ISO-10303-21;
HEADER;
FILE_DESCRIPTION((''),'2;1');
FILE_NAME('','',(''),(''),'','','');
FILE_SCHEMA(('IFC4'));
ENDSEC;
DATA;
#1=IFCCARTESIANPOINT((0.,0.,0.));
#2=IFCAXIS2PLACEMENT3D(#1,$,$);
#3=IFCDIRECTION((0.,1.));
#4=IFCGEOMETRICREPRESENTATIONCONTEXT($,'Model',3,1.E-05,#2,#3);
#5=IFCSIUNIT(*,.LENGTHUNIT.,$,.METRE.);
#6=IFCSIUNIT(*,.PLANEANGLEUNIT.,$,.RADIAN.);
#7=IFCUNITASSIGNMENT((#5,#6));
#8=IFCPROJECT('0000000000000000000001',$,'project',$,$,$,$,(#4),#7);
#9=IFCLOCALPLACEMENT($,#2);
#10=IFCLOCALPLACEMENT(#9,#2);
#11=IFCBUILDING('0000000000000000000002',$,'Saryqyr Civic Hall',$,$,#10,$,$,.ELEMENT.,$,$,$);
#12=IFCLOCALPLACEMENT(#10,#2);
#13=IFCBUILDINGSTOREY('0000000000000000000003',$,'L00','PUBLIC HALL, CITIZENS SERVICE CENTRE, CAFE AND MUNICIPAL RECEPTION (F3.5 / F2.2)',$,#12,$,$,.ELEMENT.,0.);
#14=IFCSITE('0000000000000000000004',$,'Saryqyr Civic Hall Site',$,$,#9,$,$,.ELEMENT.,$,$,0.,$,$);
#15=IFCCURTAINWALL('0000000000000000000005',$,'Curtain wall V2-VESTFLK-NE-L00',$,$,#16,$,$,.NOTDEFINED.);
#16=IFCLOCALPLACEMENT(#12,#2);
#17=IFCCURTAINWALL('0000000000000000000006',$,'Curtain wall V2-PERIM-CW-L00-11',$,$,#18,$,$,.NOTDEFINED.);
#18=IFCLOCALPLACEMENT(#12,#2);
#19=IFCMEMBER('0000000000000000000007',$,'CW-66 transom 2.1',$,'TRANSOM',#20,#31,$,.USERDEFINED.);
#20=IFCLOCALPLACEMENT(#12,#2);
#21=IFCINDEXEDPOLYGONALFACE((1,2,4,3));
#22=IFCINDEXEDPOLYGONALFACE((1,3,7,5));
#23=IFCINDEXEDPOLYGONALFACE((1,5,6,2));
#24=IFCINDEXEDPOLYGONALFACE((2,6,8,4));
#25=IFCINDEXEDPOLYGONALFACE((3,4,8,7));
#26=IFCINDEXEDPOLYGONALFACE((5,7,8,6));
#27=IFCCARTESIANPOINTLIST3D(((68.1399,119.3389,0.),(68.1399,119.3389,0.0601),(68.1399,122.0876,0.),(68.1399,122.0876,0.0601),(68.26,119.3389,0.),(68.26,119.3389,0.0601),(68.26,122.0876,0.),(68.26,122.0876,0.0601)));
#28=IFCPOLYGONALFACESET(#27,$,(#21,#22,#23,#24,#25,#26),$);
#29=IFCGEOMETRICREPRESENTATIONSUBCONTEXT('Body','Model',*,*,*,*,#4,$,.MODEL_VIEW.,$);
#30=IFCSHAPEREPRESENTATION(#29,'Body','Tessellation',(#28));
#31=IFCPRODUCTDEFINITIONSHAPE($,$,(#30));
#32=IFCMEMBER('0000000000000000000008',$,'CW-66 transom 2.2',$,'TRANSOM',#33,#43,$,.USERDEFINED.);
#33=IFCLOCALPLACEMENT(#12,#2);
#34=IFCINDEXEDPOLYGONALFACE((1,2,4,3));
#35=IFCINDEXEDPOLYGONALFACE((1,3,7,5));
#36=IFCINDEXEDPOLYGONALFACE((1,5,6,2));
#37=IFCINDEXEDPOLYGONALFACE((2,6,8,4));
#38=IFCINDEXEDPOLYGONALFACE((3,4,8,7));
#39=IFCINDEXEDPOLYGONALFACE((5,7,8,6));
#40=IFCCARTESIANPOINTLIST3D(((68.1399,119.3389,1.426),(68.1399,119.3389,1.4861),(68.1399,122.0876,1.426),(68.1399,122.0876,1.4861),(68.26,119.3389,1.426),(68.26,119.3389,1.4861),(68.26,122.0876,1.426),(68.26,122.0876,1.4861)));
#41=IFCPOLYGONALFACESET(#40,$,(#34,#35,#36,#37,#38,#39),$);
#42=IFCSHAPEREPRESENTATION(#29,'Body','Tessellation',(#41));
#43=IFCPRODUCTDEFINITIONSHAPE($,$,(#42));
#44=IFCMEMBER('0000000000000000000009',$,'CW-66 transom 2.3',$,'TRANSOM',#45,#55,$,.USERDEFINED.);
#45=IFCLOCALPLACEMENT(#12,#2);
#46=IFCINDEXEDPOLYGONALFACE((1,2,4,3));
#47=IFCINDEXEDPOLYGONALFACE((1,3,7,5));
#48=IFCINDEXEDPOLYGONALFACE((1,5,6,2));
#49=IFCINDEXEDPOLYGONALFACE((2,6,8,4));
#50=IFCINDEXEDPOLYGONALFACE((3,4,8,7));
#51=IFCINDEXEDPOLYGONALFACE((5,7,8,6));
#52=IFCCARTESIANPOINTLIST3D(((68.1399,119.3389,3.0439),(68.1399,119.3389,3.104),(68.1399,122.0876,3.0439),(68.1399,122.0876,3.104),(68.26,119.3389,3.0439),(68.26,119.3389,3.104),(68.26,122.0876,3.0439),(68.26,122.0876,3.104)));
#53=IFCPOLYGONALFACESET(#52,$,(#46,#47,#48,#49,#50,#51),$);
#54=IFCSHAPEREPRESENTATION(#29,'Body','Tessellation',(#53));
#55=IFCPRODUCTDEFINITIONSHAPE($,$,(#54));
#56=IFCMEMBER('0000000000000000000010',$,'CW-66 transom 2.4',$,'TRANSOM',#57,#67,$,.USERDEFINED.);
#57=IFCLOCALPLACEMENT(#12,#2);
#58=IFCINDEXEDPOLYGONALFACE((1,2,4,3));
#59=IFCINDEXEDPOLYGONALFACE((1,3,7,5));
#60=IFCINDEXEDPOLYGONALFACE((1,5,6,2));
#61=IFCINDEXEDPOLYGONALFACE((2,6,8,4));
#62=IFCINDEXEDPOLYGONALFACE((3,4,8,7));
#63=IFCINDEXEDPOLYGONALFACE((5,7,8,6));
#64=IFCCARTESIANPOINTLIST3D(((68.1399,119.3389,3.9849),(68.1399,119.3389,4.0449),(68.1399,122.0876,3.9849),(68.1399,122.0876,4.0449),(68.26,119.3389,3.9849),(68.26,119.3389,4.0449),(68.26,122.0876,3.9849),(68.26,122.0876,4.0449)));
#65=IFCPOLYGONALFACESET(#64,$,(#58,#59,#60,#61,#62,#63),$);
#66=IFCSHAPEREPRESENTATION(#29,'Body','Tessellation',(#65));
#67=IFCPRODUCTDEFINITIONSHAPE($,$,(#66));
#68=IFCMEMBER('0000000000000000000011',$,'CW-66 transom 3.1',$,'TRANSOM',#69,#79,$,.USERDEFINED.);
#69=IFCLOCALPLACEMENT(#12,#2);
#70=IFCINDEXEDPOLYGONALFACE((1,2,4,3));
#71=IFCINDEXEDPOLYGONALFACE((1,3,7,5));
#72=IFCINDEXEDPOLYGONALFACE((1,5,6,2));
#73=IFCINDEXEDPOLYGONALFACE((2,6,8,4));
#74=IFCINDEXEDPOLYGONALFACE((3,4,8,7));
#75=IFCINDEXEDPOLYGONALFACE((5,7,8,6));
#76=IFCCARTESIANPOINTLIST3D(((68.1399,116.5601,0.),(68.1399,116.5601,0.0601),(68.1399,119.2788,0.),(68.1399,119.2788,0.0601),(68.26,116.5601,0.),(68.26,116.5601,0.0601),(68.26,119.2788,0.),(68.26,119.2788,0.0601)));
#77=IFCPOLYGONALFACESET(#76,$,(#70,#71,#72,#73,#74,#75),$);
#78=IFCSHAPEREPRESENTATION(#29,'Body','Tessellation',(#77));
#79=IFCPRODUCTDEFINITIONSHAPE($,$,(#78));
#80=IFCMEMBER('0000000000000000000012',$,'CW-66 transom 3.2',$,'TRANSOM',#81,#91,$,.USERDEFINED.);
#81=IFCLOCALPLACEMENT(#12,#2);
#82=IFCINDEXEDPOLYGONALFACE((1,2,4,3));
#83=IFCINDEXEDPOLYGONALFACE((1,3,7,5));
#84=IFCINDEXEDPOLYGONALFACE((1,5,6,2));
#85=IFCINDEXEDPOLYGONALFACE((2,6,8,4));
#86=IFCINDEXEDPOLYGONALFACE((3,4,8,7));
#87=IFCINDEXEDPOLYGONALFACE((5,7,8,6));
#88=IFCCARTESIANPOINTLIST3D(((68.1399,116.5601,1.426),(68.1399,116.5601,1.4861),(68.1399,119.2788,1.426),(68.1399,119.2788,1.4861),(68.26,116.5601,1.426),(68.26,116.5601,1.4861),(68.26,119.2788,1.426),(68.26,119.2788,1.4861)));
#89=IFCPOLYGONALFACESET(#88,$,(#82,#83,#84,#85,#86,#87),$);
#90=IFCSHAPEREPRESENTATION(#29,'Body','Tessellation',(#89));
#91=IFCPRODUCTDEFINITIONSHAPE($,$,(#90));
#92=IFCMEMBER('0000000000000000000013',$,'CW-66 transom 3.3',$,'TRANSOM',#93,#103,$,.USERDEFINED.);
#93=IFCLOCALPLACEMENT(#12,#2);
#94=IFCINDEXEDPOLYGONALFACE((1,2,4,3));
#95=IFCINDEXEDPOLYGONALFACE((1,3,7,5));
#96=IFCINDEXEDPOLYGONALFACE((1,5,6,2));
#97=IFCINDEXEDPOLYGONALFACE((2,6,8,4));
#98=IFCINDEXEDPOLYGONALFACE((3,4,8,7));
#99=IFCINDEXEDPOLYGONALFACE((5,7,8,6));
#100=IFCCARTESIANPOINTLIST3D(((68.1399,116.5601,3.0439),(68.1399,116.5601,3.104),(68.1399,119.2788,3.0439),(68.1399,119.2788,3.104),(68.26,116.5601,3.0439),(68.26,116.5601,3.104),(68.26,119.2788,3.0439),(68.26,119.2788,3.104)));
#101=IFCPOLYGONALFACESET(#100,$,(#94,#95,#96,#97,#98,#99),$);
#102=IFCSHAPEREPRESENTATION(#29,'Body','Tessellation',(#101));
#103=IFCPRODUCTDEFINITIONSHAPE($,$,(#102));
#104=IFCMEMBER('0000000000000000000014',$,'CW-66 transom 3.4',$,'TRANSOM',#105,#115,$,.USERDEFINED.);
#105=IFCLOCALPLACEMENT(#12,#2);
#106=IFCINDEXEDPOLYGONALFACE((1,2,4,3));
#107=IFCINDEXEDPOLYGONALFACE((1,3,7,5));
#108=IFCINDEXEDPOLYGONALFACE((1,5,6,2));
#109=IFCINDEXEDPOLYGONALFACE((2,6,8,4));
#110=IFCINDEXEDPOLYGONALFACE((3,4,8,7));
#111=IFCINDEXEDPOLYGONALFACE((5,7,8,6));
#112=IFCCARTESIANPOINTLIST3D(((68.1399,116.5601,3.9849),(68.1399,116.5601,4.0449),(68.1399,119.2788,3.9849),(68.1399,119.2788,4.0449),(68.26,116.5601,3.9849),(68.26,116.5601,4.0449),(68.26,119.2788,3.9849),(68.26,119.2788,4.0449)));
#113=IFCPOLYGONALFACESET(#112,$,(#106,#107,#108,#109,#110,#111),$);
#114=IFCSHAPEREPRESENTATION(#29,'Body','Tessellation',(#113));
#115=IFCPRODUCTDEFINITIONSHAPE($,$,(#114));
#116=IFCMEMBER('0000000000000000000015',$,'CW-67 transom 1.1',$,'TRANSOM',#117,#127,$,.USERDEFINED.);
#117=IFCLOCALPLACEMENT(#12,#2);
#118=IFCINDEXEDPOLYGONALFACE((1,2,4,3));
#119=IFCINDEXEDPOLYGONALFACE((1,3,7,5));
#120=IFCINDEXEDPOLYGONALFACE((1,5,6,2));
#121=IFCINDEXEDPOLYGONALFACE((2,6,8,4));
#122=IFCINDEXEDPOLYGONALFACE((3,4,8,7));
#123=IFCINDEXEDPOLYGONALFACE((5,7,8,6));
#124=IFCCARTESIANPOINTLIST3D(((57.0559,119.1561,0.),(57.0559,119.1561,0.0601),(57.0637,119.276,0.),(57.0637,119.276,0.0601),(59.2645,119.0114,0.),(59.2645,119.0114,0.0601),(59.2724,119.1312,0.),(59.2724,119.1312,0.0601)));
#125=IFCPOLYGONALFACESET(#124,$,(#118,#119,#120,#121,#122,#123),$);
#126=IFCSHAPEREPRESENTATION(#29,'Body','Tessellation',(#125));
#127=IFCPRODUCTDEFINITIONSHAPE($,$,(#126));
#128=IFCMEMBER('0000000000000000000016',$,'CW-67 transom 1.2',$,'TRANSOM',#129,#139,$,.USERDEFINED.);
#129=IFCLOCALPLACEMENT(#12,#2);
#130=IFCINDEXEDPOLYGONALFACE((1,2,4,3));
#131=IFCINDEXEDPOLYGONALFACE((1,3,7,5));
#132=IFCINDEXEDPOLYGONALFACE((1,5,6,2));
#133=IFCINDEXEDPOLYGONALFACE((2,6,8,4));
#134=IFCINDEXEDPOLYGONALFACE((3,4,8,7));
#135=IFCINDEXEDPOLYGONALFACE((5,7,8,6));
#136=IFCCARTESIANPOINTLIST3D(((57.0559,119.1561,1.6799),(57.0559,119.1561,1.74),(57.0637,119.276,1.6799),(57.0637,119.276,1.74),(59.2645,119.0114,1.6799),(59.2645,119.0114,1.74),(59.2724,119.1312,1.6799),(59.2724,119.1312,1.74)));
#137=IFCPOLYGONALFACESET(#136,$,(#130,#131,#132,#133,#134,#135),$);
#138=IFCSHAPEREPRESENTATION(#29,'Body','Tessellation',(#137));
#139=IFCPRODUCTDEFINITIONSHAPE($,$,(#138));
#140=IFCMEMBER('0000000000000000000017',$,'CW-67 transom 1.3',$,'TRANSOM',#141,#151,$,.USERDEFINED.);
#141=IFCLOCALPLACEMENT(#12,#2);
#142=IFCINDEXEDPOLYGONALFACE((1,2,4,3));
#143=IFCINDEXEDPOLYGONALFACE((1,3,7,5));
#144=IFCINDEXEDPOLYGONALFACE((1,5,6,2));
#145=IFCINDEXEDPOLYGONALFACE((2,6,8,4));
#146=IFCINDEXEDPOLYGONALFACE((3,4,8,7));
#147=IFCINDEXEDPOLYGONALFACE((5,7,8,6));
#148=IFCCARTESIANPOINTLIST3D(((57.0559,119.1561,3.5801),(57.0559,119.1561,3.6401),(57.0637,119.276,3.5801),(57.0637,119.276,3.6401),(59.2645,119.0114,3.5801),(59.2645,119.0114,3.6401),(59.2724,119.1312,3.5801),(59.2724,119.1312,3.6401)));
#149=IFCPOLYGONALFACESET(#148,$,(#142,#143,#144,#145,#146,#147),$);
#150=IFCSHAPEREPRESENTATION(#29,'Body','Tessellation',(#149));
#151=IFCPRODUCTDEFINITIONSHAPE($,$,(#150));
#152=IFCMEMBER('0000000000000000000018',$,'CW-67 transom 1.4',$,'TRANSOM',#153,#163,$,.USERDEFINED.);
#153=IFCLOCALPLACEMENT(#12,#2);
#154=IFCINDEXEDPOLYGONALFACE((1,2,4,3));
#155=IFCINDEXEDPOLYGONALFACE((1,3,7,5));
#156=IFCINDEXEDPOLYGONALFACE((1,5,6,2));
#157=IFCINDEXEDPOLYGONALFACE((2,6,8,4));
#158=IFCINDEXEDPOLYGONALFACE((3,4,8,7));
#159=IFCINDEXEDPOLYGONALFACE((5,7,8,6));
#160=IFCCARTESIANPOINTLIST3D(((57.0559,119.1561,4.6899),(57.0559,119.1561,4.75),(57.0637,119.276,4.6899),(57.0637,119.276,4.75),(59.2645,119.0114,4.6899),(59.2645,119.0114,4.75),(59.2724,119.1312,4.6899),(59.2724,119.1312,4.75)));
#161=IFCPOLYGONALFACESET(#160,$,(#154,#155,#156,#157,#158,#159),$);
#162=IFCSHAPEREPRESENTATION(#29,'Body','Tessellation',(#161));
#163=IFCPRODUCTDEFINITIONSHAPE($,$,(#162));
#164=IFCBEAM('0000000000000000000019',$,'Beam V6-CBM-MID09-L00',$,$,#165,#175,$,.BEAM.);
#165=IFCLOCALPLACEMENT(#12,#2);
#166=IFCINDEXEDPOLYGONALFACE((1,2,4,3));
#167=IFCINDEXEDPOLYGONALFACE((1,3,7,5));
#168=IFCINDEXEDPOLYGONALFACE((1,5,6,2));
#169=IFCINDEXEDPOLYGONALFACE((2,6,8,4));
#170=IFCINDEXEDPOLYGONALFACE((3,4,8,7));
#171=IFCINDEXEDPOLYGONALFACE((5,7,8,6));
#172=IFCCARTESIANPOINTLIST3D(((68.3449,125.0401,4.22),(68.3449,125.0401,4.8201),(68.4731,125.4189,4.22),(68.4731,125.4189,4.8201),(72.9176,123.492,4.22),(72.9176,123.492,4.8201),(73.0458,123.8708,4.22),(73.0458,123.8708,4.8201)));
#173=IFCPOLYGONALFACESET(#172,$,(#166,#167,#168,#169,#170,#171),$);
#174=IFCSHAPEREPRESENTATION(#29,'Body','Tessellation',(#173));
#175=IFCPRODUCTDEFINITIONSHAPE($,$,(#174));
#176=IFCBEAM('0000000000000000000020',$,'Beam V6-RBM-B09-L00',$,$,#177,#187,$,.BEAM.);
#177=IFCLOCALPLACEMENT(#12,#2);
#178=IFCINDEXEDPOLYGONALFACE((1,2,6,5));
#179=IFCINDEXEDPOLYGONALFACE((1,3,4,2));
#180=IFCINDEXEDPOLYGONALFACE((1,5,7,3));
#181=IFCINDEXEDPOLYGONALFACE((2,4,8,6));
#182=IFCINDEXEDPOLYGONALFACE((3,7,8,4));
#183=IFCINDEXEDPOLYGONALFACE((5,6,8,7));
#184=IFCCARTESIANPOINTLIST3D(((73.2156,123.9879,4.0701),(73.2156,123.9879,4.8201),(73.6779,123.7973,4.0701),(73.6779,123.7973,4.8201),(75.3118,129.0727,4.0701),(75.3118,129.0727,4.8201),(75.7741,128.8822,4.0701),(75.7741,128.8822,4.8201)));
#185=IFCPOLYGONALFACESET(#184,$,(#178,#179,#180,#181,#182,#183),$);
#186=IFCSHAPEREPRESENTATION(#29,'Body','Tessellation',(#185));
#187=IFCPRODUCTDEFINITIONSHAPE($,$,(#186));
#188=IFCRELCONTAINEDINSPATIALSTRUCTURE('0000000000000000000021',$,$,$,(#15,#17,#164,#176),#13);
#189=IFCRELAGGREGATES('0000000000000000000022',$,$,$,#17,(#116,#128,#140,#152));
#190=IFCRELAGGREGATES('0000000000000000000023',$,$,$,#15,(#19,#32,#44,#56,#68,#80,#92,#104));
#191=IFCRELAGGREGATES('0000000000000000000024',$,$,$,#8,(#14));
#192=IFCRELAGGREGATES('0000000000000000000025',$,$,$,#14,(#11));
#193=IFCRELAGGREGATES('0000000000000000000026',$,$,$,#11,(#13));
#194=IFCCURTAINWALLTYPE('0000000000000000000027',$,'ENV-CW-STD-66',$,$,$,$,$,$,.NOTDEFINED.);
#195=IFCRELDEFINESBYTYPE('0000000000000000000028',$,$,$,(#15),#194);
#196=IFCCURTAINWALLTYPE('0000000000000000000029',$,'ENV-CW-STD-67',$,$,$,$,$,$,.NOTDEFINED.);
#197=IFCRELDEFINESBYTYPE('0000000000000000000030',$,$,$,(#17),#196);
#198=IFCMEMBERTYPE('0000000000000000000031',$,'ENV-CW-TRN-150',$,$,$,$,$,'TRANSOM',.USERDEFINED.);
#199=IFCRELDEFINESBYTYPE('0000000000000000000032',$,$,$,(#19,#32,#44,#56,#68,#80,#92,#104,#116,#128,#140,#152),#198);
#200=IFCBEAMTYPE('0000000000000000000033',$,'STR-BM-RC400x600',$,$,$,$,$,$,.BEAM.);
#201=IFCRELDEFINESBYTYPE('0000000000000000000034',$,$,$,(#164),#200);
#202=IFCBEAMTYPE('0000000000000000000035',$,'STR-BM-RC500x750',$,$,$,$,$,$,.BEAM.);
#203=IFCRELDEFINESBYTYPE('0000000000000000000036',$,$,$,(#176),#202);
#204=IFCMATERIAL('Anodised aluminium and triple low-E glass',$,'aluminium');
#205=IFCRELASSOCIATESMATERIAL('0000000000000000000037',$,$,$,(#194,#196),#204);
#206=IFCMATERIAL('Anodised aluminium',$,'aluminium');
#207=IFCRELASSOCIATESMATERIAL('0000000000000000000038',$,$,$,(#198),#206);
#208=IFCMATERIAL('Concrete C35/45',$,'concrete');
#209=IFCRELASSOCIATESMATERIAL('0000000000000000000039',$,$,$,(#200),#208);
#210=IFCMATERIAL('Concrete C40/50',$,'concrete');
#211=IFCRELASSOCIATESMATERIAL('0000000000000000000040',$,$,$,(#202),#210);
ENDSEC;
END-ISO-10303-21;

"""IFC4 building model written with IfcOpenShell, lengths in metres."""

from ifc_helpers import new_model, si_unit, direction, frame, origin, origin_2d, place, context, subcontext, project, spatial, rectangle, extrude, material, material_profile, profile_set, type_object, element, aggregate, save


model = new_model("IFC4")

# Units and contexts
model_context = context("Model", 3, precision=1e-05, world=origin(), true_north=direction((0.0, 1.0)))
body_context = subcontext(model_context, "Body", "Model", "MODEL_VIEW")
ifc_project = project(units=[si_unit("LENGTHUNIT", "METRE"), si_unit("PLANEANGLEUNIT", "RADIAN")], contexts=[model_context])

# Site, building, storey
site_placement = place(None, origin())
site = spatial("IfcSite", under=ifc_project, at=site_placement, Name="Saryqyr Civic Hall Site", CompositionType="ELEMENT", RefElevation=0.0)
building_placement = place(site_placement, origin())
building = spatial("IfcBuilding", under=site, at=building_placement, Name="Saryqyr Civic Hall", CompositionType="ELEMENT")
storey_placement = place(building_placement, origin())
storey = spatial("IfcBuildingStorey", under=building, at=storey_placement, Name="L00", Description="PUBLIC HALL, CITIZENS SERVICE CENTRE, CAFE AND MUNICIPAL RECEPTION (F3.5 / F2.2)", CompositionType="ELEMENT", Elevation=0.0)

# Shared definitions
ifc_material_1 = material(Name="Concrete C40/50", Category="concrete")

# Curtain wall
ifc_material_2 = material(Name="Anodised aluminium and triple low-E glass", Category="aluminium")
curtain_wall_type_1 = type_object("IfcCurtainWallType", Name="ENV-CW-STD-66", PredefinedType="NOTDEFINED", material=ifc_material_2)
curtain_wall_1_placement = place(storey_placement, origin())
curtain_wall_1 = element("IfcCurtainWall", 1, at=curtain_wall_1_placement, inside=storey, type_object=curtain_wall_type_1, Name="Curtain wall V2-VESTFLK-NE-L00", PredefinedType="NOTDEFINED")
ifc_material_3 = material(Name="Anodised aluminium", Category="aluminium")

# Curtain wall
curtain_wall_type_2 = type_object("IfcCurtainWallType", Name="ENV-CW-STD-67", PredefinedType="NOTDEFINED", material=ifc_material_2)
curtain_wall_2_placement = place(storey_placement, origin())
curtain_wall_2 = element("IfcCurtainWall", 2, at=curtain_wall_2_placement, inside=storey, type_object=curtain_wall_type_2, Name="Curtain wall V2-PERIM-CW-L00-11", PredefinedType="NOTDEFINED")

# Members
ifc_material_profile_1 = material_profile(ifc_material_3, rectangle(XDim=0.1201, YDim=0.0601, at=origin_2d()), Name="ALU TRANSOM 120x60")
ifc_profile_set_1 = profile_set([ifc_material_profile_1], Name="Anodised aluminium")
member_type_1 = type_object("IfcMemberType", Name="ENV-CW-TRN-150", ElementType="TRANSOM", PredefinedType="USERDEFINED", material=ifc_profile_set_1)
member_1_placement = place(storey_placement, frame((68.2, 122.0876, 0.03), z_axis=(0.0, -1.0, 0.0), x_axis=(1.0, 0.0, 0.0)))
member_1 = element("IfcMember", 3, at=member_1_placement, type_object=member_type_1, Name="CW-66 transom 2.1", ObjectType="TRANSOM", PredefinedType="USERDEFINED", context=body_context, shape_type="SweptSolid", body=[
    extrude(rectangle(XDim=0.1201, YDim=0.0601, at=origin_2d()), origin(), (0.0, 0.0, 1.0), 2.7488),
])
member_2_placement = place(storey_placement, frame((68.2, 122.0876, 1.4561), z_axis=(0.0, -1.0, 0.0), x_axis=(1.0, 0.0, 0.0)))
member_2 = element("IfcMember", 4, at=member_2_placement, type_object=member_type_1, Name="CW-66 transom 2.2", ObjectType="TRANSOM", PredefinedType="USERDEFINED", context=body_context, shape_type="SweptSolid", body=[
    extrude(rectangle(XDim=0.1201, YDim=0.0601, at=origin_2d()), origin(), (0.0, 0.0, 1.0), 2.7488),
])
member_3_placement = place(storey_placement, frame((68.2, 122.0876, 3.074), z_axis=(0.0, -1.0, 0.0), x_axis=(1.0, 0.0, 0.0)))
member_3 = element("IfcMember", 5, at=member_3_placement, type_object=member_type_1, Name="CW-66 transom 2.3", ObjectType="TRANSOM", PredefinedType="USERDEFINED", context=body_context, shape_type="SweptSolid", body=[
    extrude(rectangle(XDim=0.1201, YDim=0.0601, at=origin_2d()), origin(), (0.0, 0.0, 1.0), 2.7488),
])
member_4_placement = place(storey_placement, frame((68.2, 122.0876, 4.0149), z_axis=(0.0, -1.0, 0.0), x_axis=(1.0, 0.0, 0.0)))
member_4 = element("IfcMember", 6, at=member_4_placement, type_object=member_type_1, Name="CW-66 transom 2.4", ObjectType="TRANSOM", PredefinedType="USERDEFINED", context=body_context, shape_type="SweptSolid", body=[
    extrude(rectangle(XDim=0.1201, YDim=0.0601, at=origin_2d()), origin(), (0.0, 0.0, 1.0), 2.7488),
])
member_5_placement = place(storey_placement, frame((68.2, 119.2788, 0.03), z_axis=(0.0, -1.0, 0.0), x_axis=(1.0, 0.0, 0.0)))
member_5 = element("IfcMember", 7, at=member_5_placement, type_object=member_type_1, Name="CW-66 transom 3.1", ObjectType="TRANSOM", PredefinedType="USERDEFINED", context=body_context, shape_type="SweptSolid", body=[
    extrude(rectangle(XDim=0.1201, YDim=0.0601, at=origin_2d()), origin(), (0.0, 0.0, 1.0), 2.7188),
])
member_6_placement = place(storey_placement, frame((68.2, 119.2788, 1.4561), z_axis=(0.0, -1.0, 0.0), x_axis=(1.0, 0.0, 0.0)))
member_6 = element("IfcMember", 8, at=member_6_placement, type_object=member_type_1, Name="CW-66 transom 3.2", ObjectType="TRANSOM", PredefinedType="USERDEFINED", context=body_context, shape_type="SweptSolid", body=[
    extrude(rectangle(XDim=0.1201, YDim=0.0601, at=origin_2d()), origin(), (0.0, 0.0, 1.0), 2.7188),
])
member_7_placement = place(storey_placement, frame((68.2, 119.2788, 3.074), z_axis=(0.0, -1.0, 0.0), x_axis=(1.0, 0.0, 0.0)))
member_7 = element("IfcMember", 9, at=member_7_placement, type_object=member_type_1, Name="CW-66 transom 3.3", ObjectType="TRANSOM", PredefinedType="USERDEFINED", context=body_context, shape_type="SweptSolid", body=[
    extrude(rectangle(XDim=0.1201, YDim=0.0601, at=origin_2d()), origin(), (0.0, 0.0, 1.0), 2.7188),
])
member_8_placement = place(storey_placement, frame((68.2, 119.2788, 4.0149), z_axis=(0.0, -1.0, 0.0), x_axis=(1.0, 0.0, 0.0)))
member_8 = element("IfcMember", 10, at=member_8_placement, type_object=member_type_1, Name="CW-66 transom 3.4", ObjectType="TRANSOM", PredefinedType="USERDEFINED", context=body_context, shape_type="SweptSolid", body=[
    extrude(rectangle(XDim=0.1201, YDim=0.0601, at=origin_2d()), origin(), (0.0, 0.0, 1.0), 2.7188),
])
member_9_placement = place(storey_placement, frame((57.0598, 119.2161, 0.03), z_axis=(0.997859, -0.065406, 0.0), x_axis=(0.065406, 0.997859, 0.0)))
member_9 = element("IfcMember", 11, at=member_9_placement, type_object=member_type_1, Name="CW-67 transom 1.1", ObjectType="TRANSOM", PredefinedType="USERDEFINED", context=body_context, shape_type="SweptSolid", body=[
    extrude(rectangle(XDim=0.1201, YDim=0.0601, at=origin_2d()), origin(), (0.0, 0.0, 1.0), 2.2134),
])
member_10_placement = place(storey_placement, frame((57.0598, 119.2161, 1.71), z_axis=(0.997859, -0.065406, 0.0), x_axis=(0.065406, 0.997859, 0.0)))
member_10 = element("IfcMember", 12, at=member_10_placement, type_object=member_type_1, Name="CW-67 transom 1.2", ObjectType="TRANSOM", PredefinedType="USERDEFINED", context=body_context, shape_type="SweptSolid", body=[
    extrude(rectangle(XDim=0.1201, YDim=0.0601, at=origin_2d()), origin(), (0.0, 0.0, 1.0), 2.2134),
])
member_11_placement = place(storey_placement, frame((57.0598, 119.2161, 3.6101), z_axis=(0.997859, -0.065406, 0.0), x_axis=(0.065406, 0.997859, 0.0)))
member_11 = element("IfcMember", 13, at=member_11_placement, type_object=member_type_1, Name="CW-67 transom 1.3", ObjectType="TRANSOM", PredefinedType="USERDEFINED", context=body_context, shape_type="SweptSolid", body=[
    extrude(rectangle(XDim=0.1201, YDim=0.0601, at=origin_2d()), origin(), (0.0, 0.0, 1.0), 2.2134),
])
member_12_placement = place(storey_placement, frame((57.0598, 119.2161, 4.72), z_axis=(0.997859, -0.065406, 0.0), x_axis=(0.065406, 0.997859, 0.0)))
member_12 = element("IfcMember", 14, at=member_12_placement, type_object=member_type_1, Name="CW-67 transom 1.4", ObjectType="TRANSOM", PredefinedType="USERDEFINED", context=body_context, shape_type="SweptSolid", body=[
    extrude(rectangle(XDim=0.1201, YDim=0.0601, at=origin_2d()), origin(), (0.0, 0.0, 1.0), 2.2134),
])
aggregate(curtain_wall_2, [member_9, member_10, member_11, member_12])

# Beams
ifc_material_4 = material(Name="Concrete C35/45", Category="concrete")
ifc_material_profile_2 = material_profile(ifc_material_4, rectangle(XDim=0.3999, YDim=0.6001, at=origin_2d()), Name="RC 400x600")
ifc_profile_set_2 = profile_set([ifc_material_profile_2], Name="Concrete C35/45")
beam_type_1 = type_object("IfcBeamType", Name="STR-BM-RC400x600", PredefinedType="BEAM", material=ifc_profile_set_2)
beam_1_placement = place(storey_placement, frame((72.9817, 123.6814, 4.52), z_axis=(-0.947191, 0.320669, 0.0), x_axis=(-0.320669, -0.947191, 0.0)))
element("IfcBeam", 15, at=beam_1_placement, inside=storey, type_object=beam_type_1, Name="Beam V6-CBM-MID09-L00", PredefinedType="BEAM", context=body_context, shape_type="SweptSolid", body=[
    extrude(rectangle(XDim=0.3999, YDim=0.6001, at=origin_2d()), origin(), (0.0, 0.0, 1.0), 4.8276),
])
ifc_material_profile_3 = material_profile(ifc_material_1, rectangle(XDim=0.5, YDim=0.75, at=origin_2d()), Name="RC 500x750")
ifc_profile_set_3 = profile_set([ifc_material_profile_3], Name="Concrete C40/50")
beam_type_2 = type_object("IfcBeamType", Name="STR-BM-RC500x750", PredefinedType="BEAM", material=ifc_profile_set_3)
beam_2_placement = place(storey_placement, frame((73.4468, 123.8926, 4.4451), z_axis=(0.38112, 0.924525, 0.0), x_axis=(-0.924525, 0.38112, 0.0)))
element("IfcBeam", 16, at=beam_2_placement, inside=storey, type_object=beam_type_2, Name="Beam V6-RBM-B09-L00", PredefinedType="BEAM", context=body_context, shape_type="SweptSolid", body=[
    extrude(rectangle(XDim=0.5, YDim=0.75, at=origin_2d()), origin(), (0.0, 0.0, 1.0), 5.5),
])

aggregate(curtain_wall_1, [member_1, member_2, member_3, member_4, member_5, member_6, member_7, member_8])

save(model, "model.ifc")
